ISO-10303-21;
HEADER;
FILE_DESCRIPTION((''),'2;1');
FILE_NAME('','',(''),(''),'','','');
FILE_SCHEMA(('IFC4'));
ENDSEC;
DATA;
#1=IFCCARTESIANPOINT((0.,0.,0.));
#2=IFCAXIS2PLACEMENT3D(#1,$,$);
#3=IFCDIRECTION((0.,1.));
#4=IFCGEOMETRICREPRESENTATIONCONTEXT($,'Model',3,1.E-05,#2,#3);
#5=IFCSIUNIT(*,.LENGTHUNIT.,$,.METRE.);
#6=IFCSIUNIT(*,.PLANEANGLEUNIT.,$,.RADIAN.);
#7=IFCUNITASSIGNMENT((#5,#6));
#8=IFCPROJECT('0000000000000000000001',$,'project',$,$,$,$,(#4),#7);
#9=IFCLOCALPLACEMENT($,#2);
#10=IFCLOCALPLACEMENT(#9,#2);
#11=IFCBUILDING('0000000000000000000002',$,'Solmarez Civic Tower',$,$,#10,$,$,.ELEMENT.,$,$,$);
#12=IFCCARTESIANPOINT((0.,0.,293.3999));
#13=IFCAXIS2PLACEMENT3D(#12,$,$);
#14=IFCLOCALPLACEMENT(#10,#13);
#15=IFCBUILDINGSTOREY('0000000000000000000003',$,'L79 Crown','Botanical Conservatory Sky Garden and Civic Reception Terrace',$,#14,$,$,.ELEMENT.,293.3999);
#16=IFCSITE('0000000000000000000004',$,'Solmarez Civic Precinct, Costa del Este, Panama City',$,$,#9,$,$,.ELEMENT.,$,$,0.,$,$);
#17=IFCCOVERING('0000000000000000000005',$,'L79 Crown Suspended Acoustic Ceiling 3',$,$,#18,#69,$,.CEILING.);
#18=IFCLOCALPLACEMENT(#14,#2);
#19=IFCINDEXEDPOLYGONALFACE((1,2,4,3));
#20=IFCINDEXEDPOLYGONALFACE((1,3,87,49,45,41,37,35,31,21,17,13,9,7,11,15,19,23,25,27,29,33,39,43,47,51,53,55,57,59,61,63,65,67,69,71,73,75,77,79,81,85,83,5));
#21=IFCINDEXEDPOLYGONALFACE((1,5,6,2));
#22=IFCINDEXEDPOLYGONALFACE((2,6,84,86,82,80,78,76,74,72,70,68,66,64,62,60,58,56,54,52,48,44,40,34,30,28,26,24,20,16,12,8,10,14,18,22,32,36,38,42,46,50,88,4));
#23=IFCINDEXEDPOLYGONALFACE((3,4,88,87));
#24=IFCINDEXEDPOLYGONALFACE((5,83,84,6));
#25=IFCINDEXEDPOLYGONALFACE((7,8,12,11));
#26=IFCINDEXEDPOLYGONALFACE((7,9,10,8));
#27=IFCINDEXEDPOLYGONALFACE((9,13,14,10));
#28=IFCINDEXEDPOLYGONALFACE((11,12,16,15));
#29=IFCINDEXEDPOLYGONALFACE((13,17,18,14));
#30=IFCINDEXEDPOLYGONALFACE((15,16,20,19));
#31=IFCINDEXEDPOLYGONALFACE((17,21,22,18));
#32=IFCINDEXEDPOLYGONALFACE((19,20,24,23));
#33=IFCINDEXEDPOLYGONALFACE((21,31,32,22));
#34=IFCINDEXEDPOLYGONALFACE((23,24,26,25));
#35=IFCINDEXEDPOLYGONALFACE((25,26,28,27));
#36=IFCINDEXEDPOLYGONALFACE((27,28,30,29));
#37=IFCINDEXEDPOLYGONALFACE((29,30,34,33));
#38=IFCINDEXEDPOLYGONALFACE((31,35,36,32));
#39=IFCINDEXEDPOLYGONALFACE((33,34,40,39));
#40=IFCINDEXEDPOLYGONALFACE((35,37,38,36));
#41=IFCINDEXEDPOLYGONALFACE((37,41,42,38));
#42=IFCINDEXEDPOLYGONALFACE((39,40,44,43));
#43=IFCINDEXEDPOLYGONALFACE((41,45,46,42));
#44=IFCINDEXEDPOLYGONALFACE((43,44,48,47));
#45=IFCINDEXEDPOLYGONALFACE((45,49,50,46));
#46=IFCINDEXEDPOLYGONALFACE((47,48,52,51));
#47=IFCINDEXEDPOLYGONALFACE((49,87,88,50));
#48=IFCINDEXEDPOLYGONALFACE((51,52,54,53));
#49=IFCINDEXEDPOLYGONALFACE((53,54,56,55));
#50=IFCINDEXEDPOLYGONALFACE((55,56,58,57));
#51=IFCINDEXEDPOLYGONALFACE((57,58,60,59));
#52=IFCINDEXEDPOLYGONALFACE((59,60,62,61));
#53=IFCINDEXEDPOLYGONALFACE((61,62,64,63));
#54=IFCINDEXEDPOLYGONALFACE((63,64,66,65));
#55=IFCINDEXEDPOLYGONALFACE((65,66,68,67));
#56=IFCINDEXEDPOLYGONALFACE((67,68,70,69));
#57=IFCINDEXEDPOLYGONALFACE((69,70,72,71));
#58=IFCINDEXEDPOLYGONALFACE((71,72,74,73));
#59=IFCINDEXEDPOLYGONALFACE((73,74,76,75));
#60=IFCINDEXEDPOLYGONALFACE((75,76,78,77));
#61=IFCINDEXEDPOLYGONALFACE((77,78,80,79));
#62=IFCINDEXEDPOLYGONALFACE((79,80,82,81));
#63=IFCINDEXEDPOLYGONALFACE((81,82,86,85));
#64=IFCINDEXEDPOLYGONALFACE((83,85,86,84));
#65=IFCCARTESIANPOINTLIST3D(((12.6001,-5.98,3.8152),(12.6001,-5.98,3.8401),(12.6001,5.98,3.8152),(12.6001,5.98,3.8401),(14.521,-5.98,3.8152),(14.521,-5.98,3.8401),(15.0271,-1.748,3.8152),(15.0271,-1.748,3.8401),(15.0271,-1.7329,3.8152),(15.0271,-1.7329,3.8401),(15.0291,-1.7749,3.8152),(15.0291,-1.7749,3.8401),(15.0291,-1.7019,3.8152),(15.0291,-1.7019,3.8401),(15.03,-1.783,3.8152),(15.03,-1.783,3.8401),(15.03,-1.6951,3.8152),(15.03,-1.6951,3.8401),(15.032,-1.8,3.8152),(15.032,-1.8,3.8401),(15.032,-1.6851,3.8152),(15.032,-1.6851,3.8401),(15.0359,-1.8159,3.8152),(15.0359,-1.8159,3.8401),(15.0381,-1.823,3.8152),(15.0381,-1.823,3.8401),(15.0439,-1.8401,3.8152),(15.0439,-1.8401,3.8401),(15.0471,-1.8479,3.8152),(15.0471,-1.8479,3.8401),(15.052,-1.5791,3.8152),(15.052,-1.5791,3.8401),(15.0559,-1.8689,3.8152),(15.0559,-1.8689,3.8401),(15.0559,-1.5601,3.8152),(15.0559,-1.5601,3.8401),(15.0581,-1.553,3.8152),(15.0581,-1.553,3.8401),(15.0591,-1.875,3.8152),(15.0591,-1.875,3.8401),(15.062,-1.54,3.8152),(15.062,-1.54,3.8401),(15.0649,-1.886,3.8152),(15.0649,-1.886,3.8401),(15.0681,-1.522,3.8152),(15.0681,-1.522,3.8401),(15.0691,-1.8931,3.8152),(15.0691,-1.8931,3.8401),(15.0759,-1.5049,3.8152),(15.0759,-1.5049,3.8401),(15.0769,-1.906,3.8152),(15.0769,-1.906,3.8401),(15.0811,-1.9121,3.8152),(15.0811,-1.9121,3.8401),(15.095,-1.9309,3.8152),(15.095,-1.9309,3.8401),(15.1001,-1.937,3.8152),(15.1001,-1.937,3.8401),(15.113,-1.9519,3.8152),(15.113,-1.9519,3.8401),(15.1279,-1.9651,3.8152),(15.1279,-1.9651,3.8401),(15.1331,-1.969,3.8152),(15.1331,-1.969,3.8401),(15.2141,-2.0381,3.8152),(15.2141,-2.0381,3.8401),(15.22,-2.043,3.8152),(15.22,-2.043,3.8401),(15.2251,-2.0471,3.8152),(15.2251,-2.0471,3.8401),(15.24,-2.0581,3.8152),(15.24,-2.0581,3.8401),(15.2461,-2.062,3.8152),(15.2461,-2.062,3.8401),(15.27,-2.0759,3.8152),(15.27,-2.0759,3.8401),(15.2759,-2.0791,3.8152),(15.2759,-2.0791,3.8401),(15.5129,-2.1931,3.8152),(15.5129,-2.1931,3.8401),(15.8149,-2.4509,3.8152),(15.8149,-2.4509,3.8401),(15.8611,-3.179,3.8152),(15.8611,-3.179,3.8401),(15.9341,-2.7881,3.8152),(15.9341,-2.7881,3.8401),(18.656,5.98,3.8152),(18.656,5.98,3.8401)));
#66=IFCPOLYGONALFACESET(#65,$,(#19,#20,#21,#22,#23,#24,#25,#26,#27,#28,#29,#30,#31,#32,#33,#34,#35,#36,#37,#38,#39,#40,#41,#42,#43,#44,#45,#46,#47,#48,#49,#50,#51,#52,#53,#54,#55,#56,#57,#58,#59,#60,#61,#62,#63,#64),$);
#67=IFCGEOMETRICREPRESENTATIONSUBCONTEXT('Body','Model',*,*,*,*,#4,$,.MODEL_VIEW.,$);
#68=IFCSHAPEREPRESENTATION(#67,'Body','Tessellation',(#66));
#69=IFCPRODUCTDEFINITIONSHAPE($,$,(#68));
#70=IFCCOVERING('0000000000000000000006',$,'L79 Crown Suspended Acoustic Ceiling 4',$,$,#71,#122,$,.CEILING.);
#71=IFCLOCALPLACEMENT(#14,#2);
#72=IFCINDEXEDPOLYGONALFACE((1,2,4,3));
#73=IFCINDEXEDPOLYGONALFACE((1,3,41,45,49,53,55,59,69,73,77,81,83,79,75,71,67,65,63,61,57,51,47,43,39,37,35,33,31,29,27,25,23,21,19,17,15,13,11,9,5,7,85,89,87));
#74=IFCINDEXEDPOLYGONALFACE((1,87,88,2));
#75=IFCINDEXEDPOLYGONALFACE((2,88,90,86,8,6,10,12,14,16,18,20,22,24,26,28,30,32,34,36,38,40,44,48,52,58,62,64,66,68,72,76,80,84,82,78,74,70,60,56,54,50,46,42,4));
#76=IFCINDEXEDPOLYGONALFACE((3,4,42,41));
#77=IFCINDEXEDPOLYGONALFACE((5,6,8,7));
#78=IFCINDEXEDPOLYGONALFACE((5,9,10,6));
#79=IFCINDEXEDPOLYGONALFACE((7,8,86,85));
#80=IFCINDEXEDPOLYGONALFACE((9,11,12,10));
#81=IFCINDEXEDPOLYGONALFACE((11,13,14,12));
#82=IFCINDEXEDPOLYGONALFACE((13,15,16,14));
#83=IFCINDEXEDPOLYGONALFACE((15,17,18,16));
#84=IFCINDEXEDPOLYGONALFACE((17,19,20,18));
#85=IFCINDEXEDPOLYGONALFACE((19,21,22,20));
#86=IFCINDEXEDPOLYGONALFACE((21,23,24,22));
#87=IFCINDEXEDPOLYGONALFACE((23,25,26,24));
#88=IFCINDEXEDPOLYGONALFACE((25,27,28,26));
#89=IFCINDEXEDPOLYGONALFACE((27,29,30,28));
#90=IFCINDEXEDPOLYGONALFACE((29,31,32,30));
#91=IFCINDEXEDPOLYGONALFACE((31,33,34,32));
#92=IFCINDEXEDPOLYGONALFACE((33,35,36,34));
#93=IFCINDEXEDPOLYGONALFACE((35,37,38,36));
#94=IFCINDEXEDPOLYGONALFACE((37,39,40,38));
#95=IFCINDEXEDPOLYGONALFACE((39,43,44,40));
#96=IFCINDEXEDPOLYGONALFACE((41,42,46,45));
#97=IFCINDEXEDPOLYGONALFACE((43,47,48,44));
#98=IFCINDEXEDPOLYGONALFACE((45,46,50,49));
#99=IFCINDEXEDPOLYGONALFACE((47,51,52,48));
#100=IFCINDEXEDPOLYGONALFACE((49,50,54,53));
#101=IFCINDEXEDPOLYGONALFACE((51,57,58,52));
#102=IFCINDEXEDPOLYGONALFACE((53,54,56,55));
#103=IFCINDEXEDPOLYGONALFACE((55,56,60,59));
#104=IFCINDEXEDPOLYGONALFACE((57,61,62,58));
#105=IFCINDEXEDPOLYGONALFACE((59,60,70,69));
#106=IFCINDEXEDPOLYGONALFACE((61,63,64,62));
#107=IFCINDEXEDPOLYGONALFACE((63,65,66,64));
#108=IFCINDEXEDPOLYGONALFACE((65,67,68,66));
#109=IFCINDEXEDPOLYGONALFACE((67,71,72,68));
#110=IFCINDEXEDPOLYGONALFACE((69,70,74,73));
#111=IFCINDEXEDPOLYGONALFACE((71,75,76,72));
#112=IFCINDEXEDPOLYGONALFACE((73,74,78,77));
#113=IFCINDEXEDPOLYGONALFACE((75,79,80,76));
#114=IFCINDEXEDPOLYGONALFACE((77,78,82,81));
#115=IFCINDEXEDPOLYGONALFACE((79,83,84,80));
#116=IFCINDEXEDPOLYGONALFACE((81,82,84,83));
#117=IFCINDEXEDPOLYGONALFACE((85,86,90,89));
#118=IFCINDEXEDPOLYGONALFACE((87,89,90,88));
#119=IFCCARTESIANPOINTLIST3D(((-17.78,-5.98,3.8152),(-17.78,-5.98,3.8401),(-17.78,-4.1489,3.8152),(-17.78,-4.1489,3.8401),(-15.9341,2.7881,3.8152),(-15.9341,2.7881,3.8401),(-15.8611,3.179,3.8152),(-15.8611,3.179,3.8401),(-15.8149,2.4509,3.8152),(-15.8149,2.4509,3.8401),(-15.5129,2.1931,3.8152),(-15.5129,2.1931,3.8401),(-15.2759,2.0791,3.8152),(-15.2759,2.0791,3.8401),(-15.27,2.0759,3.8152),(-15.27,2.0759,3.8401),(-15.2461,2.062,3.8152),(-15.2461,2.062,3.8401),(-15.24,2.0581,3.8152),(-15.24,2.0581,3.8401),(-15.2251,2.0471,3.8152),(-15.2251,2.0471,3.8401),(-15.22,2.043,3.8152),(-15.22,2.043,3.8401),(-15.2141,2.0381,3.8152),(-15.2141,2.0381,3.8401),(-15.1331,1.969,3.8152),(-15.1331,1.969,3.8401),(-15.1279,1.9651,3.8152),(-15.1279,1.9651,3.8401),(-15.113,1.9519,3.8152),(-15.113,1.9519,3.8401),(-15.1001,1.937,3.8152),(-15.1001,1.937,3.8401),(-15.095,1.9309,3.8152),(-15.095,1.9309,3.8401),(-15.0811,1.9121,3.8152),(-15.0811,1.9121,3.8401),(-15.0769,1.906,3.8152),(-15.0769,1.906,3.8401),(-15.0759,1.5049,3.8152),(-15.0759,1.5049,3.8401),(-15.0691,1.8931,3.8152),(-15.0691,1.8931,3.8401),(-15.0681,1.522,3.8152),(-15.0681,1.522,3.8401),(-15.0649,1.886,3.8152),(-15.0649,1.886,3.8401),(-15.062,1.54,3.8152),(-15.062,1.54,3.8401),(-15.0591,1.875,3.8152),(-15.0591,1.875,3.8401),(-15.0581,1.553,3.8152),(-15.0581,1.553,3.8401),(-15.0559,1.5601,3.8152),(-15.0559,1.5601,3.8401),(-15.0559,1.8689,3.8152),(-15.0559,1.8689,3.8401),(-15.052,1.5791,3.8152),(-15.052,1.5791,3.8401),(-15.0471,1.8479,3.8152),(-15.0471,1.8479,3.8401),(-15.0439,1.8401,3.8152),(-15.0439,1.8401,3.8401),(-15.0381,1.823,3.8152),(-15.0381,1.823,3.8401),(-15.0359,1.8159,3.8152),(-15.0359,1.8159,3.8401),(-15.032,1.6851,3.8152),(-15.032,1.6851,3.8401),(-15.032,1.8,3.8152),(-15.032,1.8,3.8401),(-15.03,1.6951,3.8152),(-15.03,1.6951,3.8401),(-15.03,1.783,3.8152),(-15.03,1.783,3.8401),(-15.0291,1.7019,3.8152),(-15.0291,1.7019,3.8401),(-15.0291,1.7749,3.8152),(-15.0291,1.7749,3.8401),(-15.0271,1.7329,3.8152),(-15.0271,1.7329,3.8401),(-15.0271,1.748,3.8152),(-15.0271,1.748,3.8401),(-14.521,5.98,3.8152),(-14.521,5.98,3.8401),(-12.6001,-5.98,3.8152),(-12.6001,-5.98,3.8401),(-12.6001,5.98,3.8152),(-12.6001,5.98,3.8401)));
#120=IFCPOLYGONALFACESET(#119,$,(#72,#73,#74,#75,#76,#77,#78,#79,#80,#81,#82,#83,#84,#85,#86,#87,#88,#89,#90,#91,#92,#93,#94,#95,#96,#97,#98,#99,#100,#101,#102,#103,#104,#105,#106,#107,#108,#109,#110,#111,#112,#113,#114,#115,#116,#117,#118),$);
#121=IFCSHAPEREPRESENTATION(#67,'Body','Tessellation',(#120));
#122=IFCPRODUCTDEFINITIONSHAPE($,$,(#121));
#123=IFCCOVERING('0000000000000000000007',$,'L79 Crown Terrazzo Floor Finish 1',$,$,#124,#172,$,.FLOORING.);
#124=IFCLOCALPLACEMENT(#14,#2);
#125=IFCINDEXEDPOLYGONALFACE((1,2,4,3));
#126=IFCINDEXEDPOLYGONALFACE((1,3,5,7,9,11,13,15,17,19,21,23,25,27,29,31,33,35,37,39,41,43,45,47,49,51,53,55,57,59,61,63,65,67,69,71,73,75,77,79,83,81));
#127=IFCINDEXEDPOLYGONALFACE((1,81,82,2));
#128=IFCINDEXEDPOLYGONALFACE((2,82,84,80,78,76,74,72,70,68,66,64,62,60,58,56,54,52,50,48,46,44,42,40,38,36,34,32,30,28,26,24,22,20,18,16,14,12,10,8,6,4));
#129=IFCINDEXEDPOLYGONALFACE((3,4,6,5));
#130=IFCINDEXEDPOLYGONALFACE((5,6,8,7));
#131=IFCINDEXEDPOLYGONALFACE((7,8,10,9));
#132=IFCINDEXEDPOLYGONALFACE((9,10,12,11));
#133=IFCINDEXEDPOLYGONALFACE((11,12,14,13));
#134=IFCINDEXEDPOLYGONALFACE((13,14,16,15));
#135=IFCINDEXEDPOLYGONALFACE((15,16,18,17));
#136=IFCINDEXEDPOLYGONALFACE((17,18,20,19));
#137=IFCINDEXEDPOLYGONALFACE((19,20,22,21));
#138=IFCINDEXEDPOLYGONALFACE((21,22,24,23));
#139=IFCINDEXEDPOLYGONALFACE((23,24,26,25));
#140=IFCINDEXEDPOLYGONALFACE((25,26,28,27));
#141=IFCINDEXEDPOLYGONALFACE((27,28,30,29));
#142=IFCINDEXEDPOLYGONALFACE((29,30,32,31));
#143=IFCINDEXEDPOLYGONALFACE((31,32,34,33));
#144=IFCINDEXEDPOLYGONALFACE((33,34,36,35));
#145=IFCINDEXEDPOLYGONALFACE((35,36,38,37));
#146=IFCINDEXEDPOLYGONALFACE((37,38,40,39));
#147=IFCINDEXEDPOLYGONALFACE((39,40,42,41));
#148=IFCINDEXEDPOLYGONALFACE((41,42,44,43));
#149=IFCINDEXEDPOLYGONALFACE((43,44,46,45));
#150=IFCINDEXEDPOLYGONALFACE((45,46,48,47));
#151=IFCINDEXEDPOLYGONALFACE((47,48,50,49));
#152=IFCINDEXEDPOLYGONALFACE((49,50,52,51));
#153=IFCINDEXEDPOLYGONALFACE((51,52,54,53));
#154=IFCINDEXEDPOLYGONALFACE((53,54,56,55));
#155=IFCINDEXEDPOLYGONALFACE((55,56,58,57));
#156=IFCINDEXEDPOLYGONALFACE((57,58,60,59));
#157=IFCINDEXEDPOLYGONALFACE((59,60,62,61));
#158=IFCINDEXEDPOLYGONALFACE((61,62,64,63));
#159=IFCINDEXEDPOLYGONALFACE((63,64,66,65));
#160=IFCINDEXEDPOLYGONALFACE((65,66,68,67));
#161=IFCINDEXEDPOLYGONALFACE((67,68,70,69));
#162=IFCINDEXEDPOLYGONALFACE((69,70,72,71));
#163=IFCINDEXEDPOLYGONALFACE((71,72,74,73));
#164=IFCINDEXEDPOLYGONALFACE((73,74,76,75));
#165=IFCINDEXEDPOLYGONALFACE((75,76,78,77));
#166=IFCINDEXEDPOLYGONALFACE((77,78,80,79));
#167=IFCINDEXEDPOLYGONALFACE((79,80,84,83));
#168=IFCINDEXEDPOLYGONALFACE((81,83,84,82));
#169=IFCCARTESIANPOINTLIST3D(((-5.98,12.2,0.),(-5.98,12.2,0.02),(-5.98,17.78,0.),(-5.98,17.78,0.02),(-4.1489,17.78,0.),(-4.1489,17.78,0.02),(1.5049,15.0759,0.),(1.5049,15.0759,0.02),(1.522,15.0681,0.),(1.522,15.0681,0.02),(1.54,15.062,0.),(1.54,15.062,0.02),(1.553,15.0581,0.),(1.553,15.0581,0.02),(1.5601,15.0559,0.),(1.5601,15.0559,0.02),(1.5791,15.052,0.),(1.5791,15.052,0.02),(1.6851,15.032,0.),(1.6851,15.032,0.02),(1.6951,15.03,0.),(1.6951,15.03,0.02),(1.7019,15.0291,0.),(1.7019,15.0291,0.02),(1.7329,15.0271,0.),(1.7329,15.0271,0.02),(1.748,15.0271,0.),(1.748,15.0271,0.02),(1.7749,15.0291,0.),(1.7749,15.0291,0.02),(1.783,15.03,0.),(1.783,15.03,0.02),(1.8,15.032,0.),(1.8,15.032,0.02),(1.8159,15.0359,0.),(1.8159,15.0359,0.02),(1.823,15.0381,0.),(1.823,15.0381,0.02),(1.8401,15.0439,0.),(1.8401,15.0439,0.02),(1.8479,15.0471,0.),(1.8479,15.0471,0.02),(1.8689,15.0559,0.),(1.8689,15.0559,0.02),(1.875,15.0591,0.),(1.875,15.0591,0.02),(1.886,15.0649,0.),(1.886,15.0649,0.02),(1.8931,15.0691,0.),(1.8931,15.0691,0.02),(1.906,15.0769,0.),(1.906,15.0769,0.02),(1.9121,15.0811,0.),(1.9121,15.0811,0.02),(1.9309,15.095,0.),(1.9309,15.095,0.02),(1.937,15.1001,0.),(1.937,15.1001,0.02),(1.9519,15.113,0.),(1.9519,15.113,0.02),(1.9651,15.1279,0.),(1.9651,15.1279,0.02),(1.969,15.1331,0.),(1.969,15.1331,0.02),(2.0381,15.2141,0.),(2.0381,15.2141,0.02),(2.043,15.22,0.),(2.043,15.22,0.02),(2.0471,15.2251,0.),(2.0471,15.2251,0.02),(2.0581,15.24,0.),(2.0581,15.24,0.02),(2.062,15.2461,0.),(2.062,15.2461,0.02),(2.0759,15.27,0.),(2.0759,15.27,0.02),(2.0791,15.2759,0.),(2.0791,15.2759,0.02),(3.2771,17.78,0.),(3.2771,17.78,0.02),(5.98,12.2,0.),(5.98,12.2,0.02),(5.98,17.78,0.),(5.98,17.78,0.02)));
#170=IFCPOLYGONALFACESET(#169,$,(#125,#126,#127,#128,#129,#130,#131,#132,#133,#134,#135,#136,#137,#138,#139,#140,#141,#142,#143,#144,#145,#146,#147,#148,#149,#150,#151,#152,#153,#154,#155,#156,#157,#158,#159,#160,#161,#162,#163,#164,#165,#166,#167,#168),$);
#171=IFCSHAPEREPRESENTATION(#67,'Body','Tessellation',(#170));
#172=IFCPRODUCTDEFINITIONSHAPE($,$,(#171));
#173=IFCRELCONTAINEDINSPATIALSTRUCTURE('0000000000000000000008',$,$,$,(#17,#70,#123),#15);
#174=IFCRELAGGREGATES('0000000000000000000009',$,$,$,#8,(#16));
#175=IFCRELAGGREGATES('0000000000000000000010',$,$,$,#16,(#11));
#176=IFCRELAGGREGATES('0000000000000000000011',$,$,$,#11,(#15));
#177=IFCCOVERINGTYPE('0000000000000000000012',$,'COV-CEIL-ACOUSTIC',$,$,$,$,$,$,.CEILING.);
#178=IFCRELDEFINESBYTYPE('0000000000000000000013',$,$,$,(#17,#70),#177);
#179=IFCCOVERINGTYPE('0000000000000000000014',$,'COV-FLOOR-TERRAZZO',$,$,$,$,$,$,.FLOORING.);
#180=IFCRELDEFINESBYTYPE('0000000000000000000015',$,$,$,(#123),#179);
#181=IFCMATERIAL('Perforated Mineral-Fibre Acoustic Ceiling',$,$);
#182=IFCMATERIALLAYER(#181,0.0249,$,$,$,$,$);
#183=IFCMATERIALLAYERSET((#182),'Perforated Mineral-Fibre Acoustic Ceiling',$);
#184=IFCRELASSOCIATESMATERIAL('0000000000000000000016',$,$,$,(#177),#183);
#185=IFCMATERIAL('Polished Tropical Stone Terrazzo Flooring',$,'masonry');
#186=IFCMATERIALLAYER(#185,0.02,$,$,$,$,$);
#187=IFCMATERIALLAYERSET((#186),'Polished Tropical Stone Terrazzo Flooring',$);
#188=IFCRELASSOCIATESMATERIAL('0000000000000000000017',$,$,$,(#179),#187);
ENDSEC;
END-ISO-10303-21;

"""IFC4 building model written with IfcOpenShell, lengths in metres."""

from ifc_helpers import new_model, si_unit, direction, frame, origin, place, context, subcontext, project, spatial, polyline, outline, extrude, material, layer, layer_set, type_object, element, save


model = new_model("IFC4")

# Units and contexts
model_context = context("Model", 3, precision=1e-05, world=origin(), true_north=direction((0.0, 1.0)))
body_context = subcontext(model_context, "Body", "Model", "MODEL_VIEW")
ifc_project = project(units=[si_unit("LENGTHUNIT", "METRE"), si_unit("PLANEANGLEUNIT", "RADIAN")], contexts=[model_context])

# Site, building, storey
site_placement = place(None, origin())
site = spatial("IfcSite", under=ifc_project, at=site_placement, Name="Solmarez Civic Precinct, Costa del Este, Panama City", CompositionType="ELEMENT", RefElevation=0.0)
building_placement = place(site_placement, origin())
building = spatial("IfcBuilding", under=site, at=building_placement, Name="Solmarez Civic Tower", CompositionType="ELEMENT")
storey_placement = place(building_placement, frame((0.0, 0.0, 293.3999)))
storey = spatial("IfcBuildingStorey", under=building, at=storey_placement, Name="L79 Crown", Description="Botanical Conservatory Sky Garden and Civic Reception Terrace", CompositionType="ELEMENT", Elevation=293.3999)

# Coverings
ifc_material_1 = material(Name="Perforated Mineral-Fibre Acoustic Ceiling")
ifc_layer_1 = layer(ifc_material_1, 0.0249)
ifc_layer_set_1 = layer_set([ifc_layer_1], Name="Perforated Mineral-Fibre Acoustic Ceiling")
covering_type_1 = type_object("IfcCoveringType", Name="COV-CEIL-ACOUSTIC", PredefinedType="CEILING", material=ifc_layer_set_1)
covering_1_placement = place(storey_placement, frame((0.0, 0.0, 3.8152)))
element("IfcCovering", 1, at=covering_1_placement, inside=storey, type_object=covering_type_1, Name="L79 Crown Suspended Acoustic Ceiling 3", PredefinedType="CEILING", context=body_context, shape_type="SweptSolid", body=[
    extrude(outline(polyline([(12.6001, 5.98), (12.6001, -5.98), (14.521, -5.98), (15.8611, -3.179), (15.9341, -2.7881), (15.8149, -2.4509), (15.5129, -2.1931), (15.2759, -2.0791), (15.27, -2.0759), (15.2461, -2.062), (15.24, -2.0581), (15.2251, -2.0471), (15.22, -2.043), (15.2141, -2.0381), (15.1331, -1.969), (15.1279, -1.9651), (15.113, -1.9519), (15.1001, -1.937), (15.095, -1.9309), (15.0811, -1.9121), (15.0769, -1.906), (15.0691, -1.8931), (15.0649, -1.886), (15.0591, -1.875), (15.0559, -1.8689), (15.0471, -1.8479), (15.0439, -1.8401), (15.0381, -1.823), (15.0359, -1.8159), (15.032, -1.8), (15.03, -1.783), (15.0291, -1.7749), (15.0271, -1.748), (15.0271, -1.7329), (15.0291, -1.7019), (15.03, -1.6951), (15.032, -1.6851), (15.052, -1.5791), (15.0559, -1.5601), (15.0581, -1.553), (15.062, -1.54), (15.0681, -1.522), (15.0759, -1.5049), (18.656, 5.98), (12.6001, 5.98)])), origin(), (0.0, 0.0, 1.0), 0.0249),
])
covering_2_placement = place(storey_placement, frame((0.0, 0.0, 3.8152)))
element("IfcCovering", 2, at=covering_2_placement, inside=storey, type_object=covering_type_1, Name="L79 Crown Suspended Acoustic Ceiling 4", PredefinedType="CEILING", context=body_context, shape_type="SweptSolid", body=[
    extrude(outline(polyline([(-12.6001, -5.98), (-12.6001, 5.98), (-14.521, 5.98), (-15.8611, 3.179), (-15.9341, 2.7881), (-15.8149, 2.4509), (-15.5129, 2.1931), (-15.2759, 2.0791), (-15.27, 2.0759), (-15.2461, 2.062), (-15.24, 2.0581), (-15.2251, 2.0471), (-15.22, 2.043), (-15.2141, 2.0381), (-15.1331, 1.969), (-15.1279, 1.9651), (-15.113, 1.9519), (-15.1001, 1.937), (-15.095, 1.9309), (-15.0811, 1.9121), (-15.0769, 1.906), (-15.0691, 1.8931), (-15.0649, 1.886), (-15.0591, 1.875), (-15.0559, 1.8689), (-15.0471, 1.8479), (-15.0439, 1.8401), (-15.0381, 1.823), (-15.0359, 1.8159), (-15.032, 1.8), (-15.03, 1.783), (-15.0291, 1.7749), (-15.0271, 1.748), (-15.0271, 1.7329), (-15.0291, 1.7019), (-15.03, 1.6951), (-15.032, 1.6851), (-15.052, 1.5791), (-15.0559, 1.5601), (-15.0581, 1.553), (-15.062, 1.54), (-15.0681, 1.522), (-15.0759, 1.5049), (-17.78, -4.1489), (-17.78, -5.98), (-12.6001, -5.98)])), origin(), (0.0, 0.0, 1.0), 0.0249),
])
ifc_material_2 = material(Name="Polished Tropical Stone Terrazzo Flooring", Category="masonry")
ifc_layer_2 = layer(ifc_material_2, 0.02)
ifc_layer_set_2 = layer_set([ifc_layer_2], Name="Polished Tropical Stone Terrazzo Flooring")
covering_type_2 = type_object("IfcCoveringType", Name="COV-FLOOR-TERRAZZO", PredefinedType="FLOORING", material=ifc_layer_set_2)
covering_3_placement = place(storey_placement, origin())
element("IfcCovering", 3, at=covering_3_placement, inside=storey, type_object=covering_type_2, Name="L79 Crown Terrazzo Floor Finish 1", PredefinedType="FLOORING", context=body_context, shape_type="SweptSolid", body=[
    extrude(outline(polyline([(5.98, 17.78), (3.2771, 17.78), (2.0791, 15.2759), (2.0759, 15.27), (2.062, 15.2461), (2.0581, 15.24), (2.0471, 15.2251), (2.043, 15.22), (2.0381, 15.2141), (1.969, 15.1331), (1.9651, 15.1279), (1.9519, 15.113), (1.937, 15.1001), (1.9309, 15.095), (1.9121, 15.0811), (1.906, 15.0769), (1.8931, 15.0691), (1.886, 15.0649), (1.875, 15.0591), (1.8689, 15.0559), (1.8479, 15.0471), (1.8401, 15.0439), (1.823, 15.0381), (1.8159, 15.0359), (1.8, 15.032), (1.783, 15.03), (1.7749, 15.0291), (1.748, 15.0271), (1.7329, 15.0271), (1.7019, 15.0291), (1.6951, 15.03), (1.6851, 15.032), (1.5791, 15.052), (1.5601, 15.0559), (1.553, 15.0581), (1.54, 15.062), (1.522, 15.0681), (1.5049, 15.0759), (-4.1489, 17.78), (-5.98, 17.78), (-5.98, 12.2), (5.98, 12.2), (5.98, 17.78)])), origin(), (0.0, 0.0, 1.0), 0.02),
])

save(model, "model.ifc")
